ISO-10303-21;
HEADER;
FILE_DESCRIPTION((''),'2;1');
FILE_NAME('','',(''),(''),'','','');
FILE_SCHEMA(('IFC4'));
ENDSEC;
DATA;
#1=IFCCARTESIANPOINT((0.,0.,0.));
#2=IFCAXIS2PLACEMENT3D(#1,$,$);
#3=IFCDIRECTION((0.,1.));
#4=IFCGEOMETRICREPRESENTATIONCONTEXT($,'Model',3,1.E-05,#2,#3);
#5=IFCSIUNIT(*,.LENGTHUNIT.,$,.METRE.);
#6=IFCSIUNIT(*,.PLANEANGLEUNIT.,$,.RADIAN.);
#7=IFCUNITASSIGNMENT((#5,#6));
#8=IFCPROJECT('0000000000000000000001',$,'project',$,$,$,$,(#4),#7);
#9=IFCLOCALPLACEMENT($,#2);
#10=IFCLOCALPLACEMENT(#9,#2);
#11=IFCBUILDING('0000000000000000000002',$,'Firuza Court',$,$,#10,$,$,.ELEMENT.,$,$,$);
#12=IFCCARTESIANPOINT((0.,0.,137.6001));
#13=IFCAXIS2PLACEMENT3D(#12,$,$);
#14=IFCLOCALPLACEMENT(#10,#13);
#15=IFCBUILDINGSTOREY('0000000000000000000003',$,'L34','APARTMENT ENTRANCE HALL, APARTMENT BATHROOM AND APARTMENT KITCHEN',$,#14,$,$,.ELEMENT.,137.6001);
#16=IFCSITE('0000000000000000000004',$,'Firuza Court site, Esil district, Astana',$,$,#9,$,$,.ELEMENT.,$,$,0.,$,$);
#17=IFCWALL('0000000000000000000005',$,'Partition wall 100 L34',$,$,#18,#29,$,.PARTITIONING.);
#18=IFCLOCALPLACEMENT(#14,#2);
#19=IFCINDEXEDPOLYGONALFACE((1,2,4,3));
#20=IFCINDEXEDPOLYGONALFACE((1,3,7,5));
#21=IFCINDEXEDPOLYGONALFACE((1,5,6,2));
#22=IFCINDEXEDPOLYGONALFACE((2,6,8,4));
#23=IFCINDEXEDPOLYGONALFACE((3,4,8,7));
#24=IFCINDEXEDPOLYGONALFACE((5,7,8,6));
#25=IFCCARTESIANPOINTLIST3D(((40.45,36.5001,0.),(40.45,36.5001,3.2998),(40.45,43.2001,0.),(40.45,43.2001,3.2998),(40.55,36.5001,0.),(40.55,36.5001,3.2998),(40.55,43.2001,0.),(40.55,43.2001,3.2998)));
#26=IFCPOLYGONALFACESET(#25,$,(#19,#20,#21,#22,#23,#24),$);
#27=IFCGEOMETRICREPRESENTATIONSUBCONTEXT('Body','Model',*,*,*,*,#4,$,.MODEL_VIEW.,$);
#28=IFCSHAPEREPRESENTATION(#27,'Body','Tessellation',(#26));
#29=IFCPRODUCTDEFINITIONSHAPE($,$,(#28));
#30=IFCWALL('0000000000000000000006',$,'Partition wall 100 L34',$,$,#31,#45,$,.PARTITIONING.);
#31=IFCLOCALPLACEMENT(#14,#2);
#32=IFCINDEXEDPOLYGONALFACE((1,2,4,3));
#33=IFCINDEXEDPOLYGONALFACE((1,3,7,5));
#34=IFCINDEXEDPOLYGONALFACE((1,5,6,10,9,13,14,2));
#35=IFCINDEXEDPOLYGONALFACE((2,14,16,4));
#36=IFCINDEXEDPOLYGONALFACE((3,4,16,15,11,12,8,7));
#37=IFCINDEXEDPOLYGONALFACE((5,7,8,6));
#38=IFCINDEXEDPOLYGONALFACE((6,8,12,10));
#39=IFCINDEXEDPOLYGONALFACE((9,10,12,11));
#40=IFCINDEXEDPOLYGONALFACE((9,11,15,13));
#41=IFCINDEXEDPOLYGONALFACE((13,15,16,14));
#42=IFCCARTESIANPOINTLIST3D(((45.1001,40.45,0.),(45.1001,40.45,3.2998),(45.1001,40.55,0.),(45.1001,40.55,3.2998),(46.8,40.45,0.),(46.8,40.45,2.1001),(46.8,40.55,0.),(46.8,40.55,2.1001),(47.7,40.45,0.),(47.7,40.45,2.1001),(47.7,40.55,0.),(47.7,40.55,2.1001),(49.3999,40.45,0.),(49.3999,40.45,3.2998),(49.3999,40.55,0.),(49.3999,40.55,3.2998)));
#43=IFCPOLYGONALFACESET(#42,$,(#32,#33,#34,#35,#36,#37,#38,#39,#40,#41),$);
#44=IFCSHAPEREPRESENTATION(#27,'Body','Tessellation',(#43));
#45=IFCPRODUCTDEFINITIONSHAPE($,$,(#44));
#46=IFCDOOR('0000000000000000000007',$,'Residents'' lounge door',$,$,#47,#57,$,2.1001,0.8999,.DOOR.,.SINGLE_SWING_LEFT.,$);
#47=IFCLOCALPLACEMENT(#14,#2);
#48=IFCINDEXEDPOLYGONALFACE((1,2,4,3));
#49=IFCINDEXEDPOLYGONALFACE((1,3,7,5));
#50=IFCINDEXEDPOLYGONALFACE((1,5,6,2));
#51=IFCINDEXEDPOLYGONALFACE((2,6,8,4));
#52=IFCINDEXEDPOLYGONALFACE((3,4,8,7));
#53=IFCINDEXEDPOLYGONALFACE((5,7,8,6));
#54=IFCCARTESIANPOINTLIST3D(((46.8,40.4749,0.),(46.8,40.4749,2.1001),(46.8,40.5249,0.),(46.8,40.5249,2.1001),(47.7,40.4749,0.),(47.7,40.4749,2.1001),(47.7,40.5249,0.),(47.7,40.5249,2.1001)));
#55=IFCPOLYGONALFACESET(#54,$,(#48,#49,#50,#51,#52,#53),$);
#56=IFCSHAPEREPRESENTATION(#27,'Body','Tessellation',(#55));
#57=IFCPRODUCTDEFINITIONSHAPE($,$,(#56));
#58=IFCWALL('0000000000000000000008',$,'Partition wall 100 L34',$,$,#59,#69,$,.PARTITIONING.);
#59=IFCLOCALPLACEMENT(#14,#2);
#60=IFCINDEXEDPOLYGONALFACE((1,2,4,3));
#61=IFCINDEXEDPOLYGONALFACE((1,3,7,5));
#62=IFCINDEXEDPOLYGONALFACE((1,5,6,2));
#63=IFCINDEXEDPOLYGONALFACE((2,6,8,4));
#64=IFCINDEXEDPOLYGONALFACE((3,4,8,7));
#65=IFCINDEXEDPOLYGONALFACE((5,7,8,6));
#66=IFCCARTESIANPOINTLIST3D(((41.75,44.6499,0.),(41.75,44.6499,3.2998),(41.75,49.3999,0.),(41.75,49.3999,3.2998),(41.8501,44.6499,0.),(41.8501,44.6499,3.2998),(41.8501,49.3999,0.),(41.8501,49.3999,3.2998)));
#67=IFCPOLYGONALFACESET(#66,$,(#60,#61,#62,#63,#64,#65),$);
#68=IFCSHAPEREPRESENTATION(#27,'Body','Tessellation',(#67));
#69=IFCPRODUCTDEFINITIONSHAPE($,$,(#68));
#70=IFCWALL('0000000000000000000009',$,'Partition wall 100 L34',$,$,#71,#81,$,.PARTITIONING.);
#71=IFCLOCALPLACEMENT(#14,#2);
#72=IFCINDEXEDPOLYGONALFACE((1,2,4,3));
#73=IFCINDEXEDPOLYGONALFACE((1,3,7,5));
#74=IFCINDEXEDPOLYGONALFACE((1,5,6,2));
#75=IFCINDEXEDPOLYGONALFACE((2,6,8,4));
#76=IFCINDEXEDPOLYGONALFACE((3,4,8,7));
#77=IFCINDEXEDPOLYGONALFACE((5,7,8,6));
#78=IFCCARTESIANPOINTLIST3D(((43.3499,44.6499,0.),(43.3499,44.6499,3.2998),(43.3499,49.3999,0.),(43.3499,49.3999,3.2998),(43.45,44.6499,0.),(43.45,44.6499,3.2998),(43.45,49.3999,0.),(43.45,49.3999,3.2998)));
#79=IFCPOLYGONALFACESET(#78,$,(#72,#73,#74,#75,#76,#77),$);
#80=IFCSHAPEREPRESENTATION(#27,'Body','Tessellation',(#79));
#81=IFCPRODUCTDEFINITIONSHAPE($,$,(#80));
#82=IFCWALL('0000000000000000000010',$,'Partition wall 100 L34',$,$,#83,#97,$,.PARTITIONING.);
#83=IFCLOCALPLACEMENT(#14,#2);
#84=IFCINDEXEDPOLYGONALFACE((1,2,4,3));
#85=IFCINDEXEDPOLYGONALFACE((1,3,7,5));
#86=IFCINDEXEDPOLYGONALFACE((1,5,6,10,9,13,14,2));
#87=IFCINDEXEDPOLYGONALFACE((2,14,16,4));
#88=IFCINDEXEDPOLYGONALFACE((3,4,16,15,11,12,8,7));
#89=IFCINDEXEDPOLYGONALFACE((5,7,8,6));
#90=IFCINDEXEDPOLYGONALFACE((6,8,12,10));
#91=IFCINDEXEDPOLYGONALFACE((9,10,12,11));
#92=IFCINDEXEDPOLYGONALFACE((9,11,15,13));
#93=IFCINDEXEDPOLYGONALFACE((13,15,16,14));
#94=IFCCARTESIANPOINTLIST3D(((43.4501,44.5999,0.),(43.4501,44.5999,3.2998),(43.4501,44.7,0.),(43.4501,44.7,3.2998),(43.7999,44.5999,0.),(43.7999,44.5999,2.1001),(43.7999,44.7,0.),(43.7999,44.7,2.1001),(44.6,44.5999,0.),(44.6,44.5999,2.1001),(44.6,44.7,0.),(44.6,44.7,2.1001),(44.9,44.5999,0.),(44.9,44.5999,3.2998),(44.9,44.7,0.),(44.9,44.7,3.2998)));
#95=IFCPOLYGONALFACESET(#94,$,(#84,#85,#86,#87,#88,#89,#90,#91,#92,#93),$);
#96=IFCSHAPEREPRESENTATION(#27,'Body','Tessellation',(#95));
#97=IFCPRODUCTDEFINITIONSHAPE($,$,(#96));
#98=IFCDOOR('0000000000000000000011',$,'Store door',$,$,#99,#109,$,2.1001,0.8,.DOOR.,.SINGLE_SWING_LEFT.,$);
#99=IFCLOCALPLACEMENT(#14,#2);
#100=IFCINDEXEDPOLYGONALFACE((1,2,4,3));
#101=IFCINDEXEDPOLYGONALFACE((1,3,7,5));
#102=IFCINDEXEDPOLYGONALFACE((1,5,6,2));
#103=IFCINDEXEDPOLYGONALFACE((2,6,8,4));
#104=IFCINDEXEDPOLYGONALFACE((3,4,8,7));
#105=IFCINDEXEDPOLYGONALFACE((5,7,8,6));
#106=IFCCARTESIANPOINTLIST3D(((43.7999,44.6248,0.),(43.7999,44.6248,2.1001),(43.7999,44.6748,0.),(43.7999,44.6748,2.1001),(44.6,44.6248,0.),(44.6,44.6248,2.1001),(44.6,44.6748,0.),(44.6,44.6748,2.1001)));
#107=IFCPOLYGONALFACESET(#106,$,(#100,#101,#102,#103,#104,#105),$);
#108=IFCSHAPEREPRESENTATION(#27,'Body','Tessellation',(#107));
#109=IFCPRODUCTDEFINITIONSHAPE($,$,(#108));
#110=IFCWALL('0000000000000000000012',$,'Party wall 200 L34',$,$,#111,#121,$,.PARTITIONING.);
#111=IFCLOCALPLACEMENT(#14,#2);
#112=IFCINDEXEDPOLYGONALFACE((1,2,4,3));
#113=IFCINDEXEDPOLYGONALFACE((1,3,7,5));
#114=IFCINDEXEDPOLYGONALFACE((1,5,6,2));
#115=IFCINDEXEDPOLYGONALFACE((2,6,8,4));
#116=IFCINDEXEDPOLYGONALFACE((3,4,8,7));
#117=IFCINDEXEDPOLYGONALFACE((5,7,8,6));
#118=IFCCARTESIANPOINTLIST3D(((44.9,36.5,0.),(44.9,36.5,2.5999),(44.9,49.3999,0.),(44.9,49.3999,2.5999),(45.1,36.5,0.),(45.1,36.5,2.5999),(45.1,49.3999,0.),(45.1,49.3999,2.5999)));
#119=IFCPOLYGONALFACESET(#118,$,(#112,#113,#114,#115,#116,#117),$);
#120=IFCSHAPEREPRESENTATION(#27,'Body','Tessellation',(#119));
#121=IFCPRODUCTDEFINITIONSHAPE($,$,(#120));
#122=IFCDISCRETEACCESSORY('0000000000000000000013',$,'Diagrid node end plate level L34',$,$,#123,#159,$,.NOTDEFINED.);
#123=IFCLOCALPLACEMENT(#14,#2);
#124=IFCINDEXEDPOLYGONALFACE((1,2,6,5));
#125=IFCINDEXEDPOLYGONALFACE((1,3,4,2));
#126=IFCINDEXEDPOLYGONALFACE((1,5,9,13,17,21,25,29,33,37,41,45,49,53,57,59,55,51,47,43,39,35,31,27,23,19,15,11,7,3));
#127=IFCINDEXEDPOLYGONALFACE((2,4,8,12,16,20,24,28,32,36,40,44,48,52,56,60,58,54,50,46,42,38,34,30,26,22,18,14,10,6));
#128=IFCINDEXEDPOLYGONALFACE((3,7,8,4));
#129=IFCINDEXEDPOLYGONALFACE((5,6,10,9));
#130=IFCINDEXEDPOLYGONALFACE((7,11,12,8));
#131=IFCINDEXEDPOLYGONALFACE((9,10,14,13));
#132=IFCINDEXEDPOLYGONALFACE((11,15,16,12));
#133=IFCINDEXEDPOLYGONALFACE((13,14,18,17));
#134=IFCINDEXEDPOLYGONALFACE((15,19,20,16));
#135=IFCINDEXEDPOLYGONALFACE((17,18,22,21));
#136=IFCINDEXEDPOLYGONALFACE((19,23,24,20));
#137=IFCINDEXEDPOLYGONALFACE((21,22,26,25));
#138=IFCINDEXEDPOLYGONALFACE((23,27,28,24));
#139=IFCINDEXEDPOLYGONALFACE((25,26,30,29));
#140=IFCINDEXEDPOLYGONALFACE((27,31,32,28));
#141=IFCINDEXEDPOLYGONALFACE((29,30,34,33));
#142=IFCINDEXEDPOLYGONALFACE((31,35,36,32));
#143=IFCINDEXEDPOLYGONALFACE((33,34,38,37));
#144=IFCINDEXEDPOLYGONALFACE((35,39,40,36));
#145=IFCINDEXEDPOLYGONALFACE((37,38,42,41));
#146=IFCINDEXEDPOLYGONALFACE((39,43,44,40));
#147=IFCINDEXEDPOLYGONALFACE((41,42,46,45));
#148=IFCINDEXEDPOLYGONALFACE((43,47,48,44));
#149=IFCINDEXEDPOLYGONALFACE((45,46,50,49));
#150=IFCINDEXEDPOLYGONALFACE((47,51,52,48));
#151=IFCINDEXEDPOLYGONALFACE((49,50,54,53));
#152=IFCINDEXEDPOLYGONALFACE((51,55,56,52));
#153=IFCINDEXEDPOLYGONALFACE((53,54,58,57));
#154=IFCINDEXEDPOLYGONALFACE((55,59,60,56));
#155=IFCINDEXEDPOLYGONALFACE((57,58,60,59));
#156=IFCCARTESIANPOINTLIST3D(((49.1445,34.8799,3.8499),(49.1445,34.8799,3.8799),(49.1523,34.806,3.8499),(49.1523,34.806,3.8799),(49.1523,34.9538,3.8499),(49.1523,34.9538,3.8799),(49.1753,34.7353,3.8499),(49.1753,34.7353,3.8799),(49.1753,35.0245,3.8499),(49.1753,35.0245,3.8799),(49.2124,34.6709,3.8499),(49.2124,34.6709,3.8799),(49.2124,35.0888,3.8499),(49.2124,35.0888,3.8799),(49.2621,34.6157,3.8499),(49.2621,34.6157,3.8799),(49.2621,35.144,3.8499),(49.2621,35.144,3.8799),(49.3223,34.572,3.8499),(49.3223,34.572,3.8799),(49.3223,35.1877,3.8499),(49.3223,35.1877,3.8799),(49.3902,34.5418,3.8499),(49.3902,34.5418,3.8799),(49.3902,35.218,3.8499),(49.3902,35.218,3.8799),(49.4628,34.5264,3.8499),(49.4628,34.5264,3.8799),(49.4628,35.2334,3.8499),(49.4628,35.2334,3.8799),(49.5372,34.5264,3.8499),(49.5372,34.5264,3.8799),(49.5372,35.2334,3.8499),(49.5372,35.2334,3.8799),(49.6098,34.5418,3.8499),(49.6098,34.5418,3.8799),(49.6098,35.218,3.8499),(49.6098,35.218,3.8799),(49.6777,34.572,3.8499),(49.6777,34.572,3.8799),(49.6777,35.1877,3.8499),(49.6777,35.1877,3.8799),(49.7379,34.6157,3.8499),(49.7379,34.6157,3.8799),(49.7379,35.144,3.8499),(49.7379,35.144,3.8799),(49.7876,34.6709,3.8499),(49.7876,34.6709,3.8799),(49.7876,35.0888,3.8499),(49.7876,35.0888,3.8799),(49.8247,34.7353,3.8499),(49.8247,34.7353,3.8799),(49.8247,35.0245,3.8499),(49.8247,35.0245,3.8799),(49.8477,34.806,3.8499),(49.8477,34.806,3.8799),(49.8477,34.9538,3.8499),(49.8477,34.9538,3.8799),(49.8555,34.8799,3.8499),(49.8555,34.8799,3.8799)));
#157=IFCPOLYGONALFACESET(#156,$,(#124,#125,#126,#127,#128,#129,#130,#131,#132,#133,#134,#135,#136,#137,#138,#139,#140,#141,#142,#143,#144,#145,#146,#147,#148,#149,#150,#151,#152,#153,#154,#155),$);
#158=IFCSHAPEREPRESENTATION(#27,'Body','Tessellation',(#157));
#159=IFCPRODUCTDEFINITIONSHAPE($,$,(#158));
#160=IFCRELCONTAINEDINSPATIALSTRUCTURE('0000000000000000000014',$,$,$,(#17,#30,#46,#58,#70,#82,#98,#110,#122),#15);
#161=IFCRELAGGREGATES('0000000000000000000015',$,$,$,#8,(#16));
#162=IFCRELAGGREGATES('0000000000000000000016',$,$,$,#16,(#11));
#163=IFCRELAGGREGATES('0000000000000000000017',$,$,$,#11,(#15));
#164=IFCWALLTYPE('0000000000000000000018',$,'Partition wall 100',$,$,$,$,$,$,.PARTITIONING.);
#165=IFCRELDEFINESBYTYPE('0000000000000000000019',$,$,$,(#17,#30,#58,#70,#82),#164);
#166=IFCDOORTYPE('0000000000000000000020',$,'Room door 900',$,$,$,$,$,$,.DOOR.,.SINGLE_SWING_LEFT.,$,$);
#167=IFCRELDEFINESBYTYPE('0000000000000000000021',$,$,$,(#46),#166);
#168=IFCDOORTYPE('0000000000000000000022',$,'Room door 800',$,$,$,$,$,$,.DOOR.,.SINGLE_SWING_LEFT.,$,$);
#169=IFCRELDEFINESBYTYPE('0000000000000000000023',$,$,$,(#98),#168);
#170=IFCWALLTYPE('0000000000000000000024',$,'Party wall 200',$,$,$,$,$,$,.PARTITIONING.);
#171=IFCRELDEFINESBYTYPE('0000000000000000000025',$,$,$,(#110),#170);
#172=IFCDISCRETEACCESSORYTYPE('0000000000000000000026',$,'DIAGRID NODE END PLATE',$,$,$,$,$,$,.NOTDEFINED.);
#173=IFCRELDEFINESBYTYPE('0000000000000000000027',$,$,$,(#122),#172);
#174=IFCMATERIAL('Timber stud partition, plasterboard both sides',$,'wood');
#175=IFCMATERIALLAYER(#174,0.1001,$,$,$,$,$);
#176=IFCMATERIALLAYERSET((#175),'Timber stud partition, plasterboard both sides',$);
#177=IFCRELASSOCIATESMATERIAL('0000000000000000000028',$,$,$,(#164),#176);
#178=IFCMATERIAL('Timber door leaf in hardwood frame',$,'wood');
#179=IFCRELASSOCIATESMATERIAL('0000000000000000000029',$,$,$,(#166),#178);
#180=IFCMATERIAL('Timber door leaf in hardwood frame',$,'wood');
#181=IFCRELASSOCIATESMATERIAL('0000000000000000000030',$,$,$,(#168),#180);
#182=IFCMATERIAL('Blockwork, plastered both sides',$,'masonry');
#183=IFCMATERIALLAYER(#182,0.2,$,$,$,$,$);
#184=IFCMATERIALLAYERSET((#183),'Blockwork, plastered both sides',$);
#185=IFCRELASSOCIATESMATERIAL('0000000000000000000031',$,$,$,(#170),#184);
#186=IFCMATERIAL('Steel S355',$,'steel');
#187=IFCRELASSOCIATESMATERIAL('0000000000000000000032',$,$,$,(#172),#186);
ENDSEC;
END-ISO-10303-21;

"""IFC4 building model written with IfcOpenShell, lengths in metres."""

from ifc_helpers import new_model, si_unit, direction, frame, frame_2d, origin, origin_2d, place, context, subcontext, project, spatial, rectangle, circle, extrude, material, layer, layer_set, material_profile, profile_set, type_object, element, fill, save


model = new_model("IFC4")

# Units and contexts
model_context = context("Model", 3, precision=1e-05, world=origin(), true_north=direction((0.0, 1.0)))
body_context = subcontext(model_context, "Body", "Model", "MODEL_VIEW")
ifc_project = project(units=[si_unit("LENGTHUNIT", "METRE"), si_unit("PLANEANGLEUNIT", "RADIAN")], contexts=[model_context])

# Site, building, storey
site_placement = place(None, origin())
site = spatial("IfcSite", under=ifc_project, at=site_placement, Name="Firuza Court site, Esil district, Astana", CompositionType="ELEMENT", RefElevation=0.0)
building_placement = place(site_placement, origin())
building = spatial("IfcBuilding", under=site, at=building_placement, Name="Firuza Court", CompositionType="ELEMENT")
storey_placement = place(building_placement, frame((0.0, 0.0, 137.6001)))
storey = spatial("IfcBuildingStorey", under=building, at=storey_placement, Name="L34", Description="APARTMENT ENTRANCE HALL, APARTMENT BATHROOM AND APARTMENT KITCHEN", CompositionType="ELEMENT", Elevation=137.6001)

# Shared definitions
ifc_material_1 = material(Name="Blockwork, plastered both sides", Category="masonry")

# Wall
ifc_material_2 = material(Name="Timber stud partition, plasterboard both sides", Category="wood")
ifc_layer_1 = layer(ifc_material_2, 0.1001)
ifc_layer_set_1 = layer_set([ifc_layer_1], Name="Timber stud partition, plasterboard both sides")
wall_type_1 = type_object("IfcWallType", Name="Partition wall 100", PredefinedType="PARTITIONING", material=ifc_layer_set_1)
wall_1_placement = place(storey_placement, frame((40.5, 36.5, 0.0), z_axis=(0.0, 0.0, 1.0), x_axis=(0.0, 1.0, 0.0)))
element("IfcWall", 1, at=wall_1_placement, inside=storey, type_object=wall_type_1, Name="Partition wall 100 L34", PredefinedType="PARTITIONING", context=body_context, shape_type="SweptSolid", body=[
    extrude(rectangle(XDim=6.7, YDim=0.1001, at=frame_2d((3.3501, 0.0))), origin(), (0.0, 0.0, 1.0), 3.2998),
])

# Wall, opening, door
wall_2_placement = place(storey_placement, frame((45.1001, 40.5, 0.0), z_axis=(0.0, 0.0, 1.0), x_axis=(1.0, 0.0, 0.0)))
wall_2 = element("IfcWall", 2, at=wall_2_placement, inside=storey, type_object=wall_type_1, Name="Partition wall 100 L34", PredefinedType="PARTITIONING", context=body_context, shape_type="SweptSolid", body=[
    extrude(rectangle(XDim=4.2998, YDim=0.1001, at=frame_2d((2.1499, 0.0))), origin(), (0.0, 0.0, 1.0), 3.2998),
])
opening_1_placement = place(wall_2_placement, frame((1.7, 0.0, 0.0)))
opening_1 = element("IfcOpeningElement", 3, at=opening_1_placement, cuts=wall_2, PredefinedType="OPENING", context=body_context, shape_type="SweptSolid", body=[
    extrude(rectangle(XDim=0.8999, YDim=2.1001, at=frame_2d((0.45, 1.05))), frame((0.0, 0.062, 0.0), z_axis=(0.0, -1.0, 0.0), x_axis=(1.0, 0.0, 0.0)), (0.0, 0.0, 1.0), 0.124),
])
ifc_material_3 = material(Name="Timber door leaf in hardwood frame", Category="wood")
door_type_1 = type_object("IfcDoorType", Name="Room door 900", OperationType="SINGLE_SWING_LEFT", PredefinedType="DOOR", material=ifc_material_3)
door_1_placement = place(opening_1_placement, origin())
door_1 = element("IfcDoor", 4, at=door_1_placement, inside=storey, type_object=door_type_1, Name="Residents' lounge door", OperationType="SINGLE_SWING_LEFT", OverallHeight=2.1001, OverallWidth=0.8999, PredefinedType="DOOR", context=body_context, shape_type="SweptSolid", body=[
    extrude(rectangle(XDim=0.8999, YDim=2.1001, at=frame_2d((0.45, 1.05))), frame((0.0, 0.0249, 0.0), z_axis=(0.0, -1.0, 0.0), x_axis=(1.0, 0.0, 0.0)), (0.0, 0.0, 1.0), 0.05),
])
fill(opening_1, door_1)

# Walls
for number, where, z_axis, x_axis, name in (
    (5, (41.8, 44.6499, 0.0), (0.0, 0.0, 1.0), (0.0, 1.0, 0.0), "Partition wall 100 L34"),
    (6, (43.3999, 44.6499, 0.0), (0.0, 0.0, 1.0), (0.0, 1.0, 0.0), "Partition wall 100 L34"),
):
    element("IfcWall", number, at=place(storey_placement, frame(where, z_axis=z_axis, x_axis=x_axis)), inside=storey, type_object=wall_type_1, Name=name, PredefinedType="PARTITIONING", context=body_context, shape_type="SweptSolid", body=[
        extrude(rectangle(XDim=4.75, YDim=0.1001, at=frame_2d((2.375, 0.0))), origin(), (0.0, 0.0, 1.0), 3.2998),
    ])

# Wall, opening, door
wall_3_placement = place(storey_placement, frame((43.45, 44.6499, 0.0), z_axis=(0.0, 0.0, 1.0), x_axis=(1.0, 0.0, 0.0)))
wall_3 = element("IfcWall", 7, at=wall_3_placement, inside=storey, type_object=wall_type_1, Name="Partition wall 100 L34", PredefinedType="PARTITIONING", context=body_context, shape_type="SweptSolid", body=[
    extrude(rectangle(XDim=1.45, YDim=0.1001, at=frame_2d((0.7251, 0.0))), origin(), (0.0, 0.0, 1.0), 3.2998),
])
opening_2_placement = place(wall_3_placement, frame((0.3501, 0.0, 0.0)))
opening_2 = element("IfcOpeningElement", 8, at=opening_2_placement, cuts=wall_3, PredefinedType="OPENING", context=body_context, shape_type="SweptSolid", body=[
    extrude(rectangle(XDim=0.8, YDim=2.1001, at=frame_2d((0.3999, 1.05))), frame((0.0, 0.062, 0.0), z_axis=(0.0, -1.0, 0.0), x_axis=(1.0, 0.0, 0.0)), (0.0, 0.0, 1.0), 0.124),
])
ifc_material_4 = material(Name="Timber door leaf in hardwood frame", Category="wood")
door_type_2 = type_object("IfcDoorType", Name="Room door 800", OperationType="SINGLE_SWING_LEFT", PredefinedType="DOOR", material=ifc_material_4)
door_2_placement = place(opening_2_placement, origin())
door_2 = element("IfcDoor", 9, at=door_2_placement, inside=storey, type_object=door_type_2, Name="Store door", OperationType="SINGLE_SWING_LEFT", OverallHeight=2.1001, OverallWidth=0.8, PredefinedType="DOOR", context=body_context, shape_type="SweptSolid", body=[
    extrude(rectangle(XDim=0.8, YDim=2.1001, at=frame_2d((0.3999, 1.05))), frame((0.0, 0.0249, 0.0), z_axis=(0.0, -1.0, 0.0), x_axis=(1.0, 0.0, 0.0)), (0.0, 0.0, 1.0), 0.05),
])
fill(opening_2, door_2)

# Wall
ifc_layer_2 = layer(ifc_material_1, 0.2)
ifc_layer_set_2 = layer_set([ifc_layer_2], Name="Blockwork, plastered both sides")
wall_type_2 = type_object("IfcWallType", Name="Party wall 200", PredefinedType="PARTITIONING", material=ifc_layer_set_2)
wall_4_placement = place(storey_placement, frame((45.0, 36.5, 0.0), z_axis=(0.0, 0.0, 1.0), x_axis=(0.0, 1.0, 0.0)))
element("IfcWall", 10, at=wall_4_placement, inside=storey, type_object=wall_type_2, Name="Party wall 200 L34", PredefinedType="PARTITIONING", context=body_context, shape_type="SweptSolid", body=[
    extrude(rectangle(XDim=12.8999, YDim=0.2, at=frame_2d((6.45, 0.0))), origin(), (0.0, 0.0, 1.0), 2.5999),
])

# Discrete accessory
ifc_material_5 = material(Name="Steel S355", Category="steel")
ifc_material_profile_1 = material_profile(ifc_material_5, circle(Radius=0.3555, at=origin_2d()), Name="PL D711")
ifc_profile_set_1 = profile_set([ifc_material_profile_1], Name="Steel S355")
discrete_accessory_type = type_object("IfcDiscreteAccessoryType", Name="DIAGRID NODE END PLATE", PredefinedType="NOTDEFINED", material=ifc_profile_set_1)
discrete_accessory_placement = place(storey_placement, frame((49.5, 34.8799, 3.8499), z_axis=(0.0, 0.0, 1.0), x_axis=(1.0, 0.0, 0.0)))
element("IfcDiscreteAccessory", 11, at=discrete_accessory_placement, inside=storey, type_object=discrete_accessory_type, Name="Diagrid node end plate level L34", PredefinedType="NOTDEFINED", context=body_context, shape_type="SweptSolid", body=[
    extrude(circle(Radius=0.3555, at=origin_2d()), origin(), (0.0, 0.0, 1.0), 0.03),
])

save(model, "model.ifc")
